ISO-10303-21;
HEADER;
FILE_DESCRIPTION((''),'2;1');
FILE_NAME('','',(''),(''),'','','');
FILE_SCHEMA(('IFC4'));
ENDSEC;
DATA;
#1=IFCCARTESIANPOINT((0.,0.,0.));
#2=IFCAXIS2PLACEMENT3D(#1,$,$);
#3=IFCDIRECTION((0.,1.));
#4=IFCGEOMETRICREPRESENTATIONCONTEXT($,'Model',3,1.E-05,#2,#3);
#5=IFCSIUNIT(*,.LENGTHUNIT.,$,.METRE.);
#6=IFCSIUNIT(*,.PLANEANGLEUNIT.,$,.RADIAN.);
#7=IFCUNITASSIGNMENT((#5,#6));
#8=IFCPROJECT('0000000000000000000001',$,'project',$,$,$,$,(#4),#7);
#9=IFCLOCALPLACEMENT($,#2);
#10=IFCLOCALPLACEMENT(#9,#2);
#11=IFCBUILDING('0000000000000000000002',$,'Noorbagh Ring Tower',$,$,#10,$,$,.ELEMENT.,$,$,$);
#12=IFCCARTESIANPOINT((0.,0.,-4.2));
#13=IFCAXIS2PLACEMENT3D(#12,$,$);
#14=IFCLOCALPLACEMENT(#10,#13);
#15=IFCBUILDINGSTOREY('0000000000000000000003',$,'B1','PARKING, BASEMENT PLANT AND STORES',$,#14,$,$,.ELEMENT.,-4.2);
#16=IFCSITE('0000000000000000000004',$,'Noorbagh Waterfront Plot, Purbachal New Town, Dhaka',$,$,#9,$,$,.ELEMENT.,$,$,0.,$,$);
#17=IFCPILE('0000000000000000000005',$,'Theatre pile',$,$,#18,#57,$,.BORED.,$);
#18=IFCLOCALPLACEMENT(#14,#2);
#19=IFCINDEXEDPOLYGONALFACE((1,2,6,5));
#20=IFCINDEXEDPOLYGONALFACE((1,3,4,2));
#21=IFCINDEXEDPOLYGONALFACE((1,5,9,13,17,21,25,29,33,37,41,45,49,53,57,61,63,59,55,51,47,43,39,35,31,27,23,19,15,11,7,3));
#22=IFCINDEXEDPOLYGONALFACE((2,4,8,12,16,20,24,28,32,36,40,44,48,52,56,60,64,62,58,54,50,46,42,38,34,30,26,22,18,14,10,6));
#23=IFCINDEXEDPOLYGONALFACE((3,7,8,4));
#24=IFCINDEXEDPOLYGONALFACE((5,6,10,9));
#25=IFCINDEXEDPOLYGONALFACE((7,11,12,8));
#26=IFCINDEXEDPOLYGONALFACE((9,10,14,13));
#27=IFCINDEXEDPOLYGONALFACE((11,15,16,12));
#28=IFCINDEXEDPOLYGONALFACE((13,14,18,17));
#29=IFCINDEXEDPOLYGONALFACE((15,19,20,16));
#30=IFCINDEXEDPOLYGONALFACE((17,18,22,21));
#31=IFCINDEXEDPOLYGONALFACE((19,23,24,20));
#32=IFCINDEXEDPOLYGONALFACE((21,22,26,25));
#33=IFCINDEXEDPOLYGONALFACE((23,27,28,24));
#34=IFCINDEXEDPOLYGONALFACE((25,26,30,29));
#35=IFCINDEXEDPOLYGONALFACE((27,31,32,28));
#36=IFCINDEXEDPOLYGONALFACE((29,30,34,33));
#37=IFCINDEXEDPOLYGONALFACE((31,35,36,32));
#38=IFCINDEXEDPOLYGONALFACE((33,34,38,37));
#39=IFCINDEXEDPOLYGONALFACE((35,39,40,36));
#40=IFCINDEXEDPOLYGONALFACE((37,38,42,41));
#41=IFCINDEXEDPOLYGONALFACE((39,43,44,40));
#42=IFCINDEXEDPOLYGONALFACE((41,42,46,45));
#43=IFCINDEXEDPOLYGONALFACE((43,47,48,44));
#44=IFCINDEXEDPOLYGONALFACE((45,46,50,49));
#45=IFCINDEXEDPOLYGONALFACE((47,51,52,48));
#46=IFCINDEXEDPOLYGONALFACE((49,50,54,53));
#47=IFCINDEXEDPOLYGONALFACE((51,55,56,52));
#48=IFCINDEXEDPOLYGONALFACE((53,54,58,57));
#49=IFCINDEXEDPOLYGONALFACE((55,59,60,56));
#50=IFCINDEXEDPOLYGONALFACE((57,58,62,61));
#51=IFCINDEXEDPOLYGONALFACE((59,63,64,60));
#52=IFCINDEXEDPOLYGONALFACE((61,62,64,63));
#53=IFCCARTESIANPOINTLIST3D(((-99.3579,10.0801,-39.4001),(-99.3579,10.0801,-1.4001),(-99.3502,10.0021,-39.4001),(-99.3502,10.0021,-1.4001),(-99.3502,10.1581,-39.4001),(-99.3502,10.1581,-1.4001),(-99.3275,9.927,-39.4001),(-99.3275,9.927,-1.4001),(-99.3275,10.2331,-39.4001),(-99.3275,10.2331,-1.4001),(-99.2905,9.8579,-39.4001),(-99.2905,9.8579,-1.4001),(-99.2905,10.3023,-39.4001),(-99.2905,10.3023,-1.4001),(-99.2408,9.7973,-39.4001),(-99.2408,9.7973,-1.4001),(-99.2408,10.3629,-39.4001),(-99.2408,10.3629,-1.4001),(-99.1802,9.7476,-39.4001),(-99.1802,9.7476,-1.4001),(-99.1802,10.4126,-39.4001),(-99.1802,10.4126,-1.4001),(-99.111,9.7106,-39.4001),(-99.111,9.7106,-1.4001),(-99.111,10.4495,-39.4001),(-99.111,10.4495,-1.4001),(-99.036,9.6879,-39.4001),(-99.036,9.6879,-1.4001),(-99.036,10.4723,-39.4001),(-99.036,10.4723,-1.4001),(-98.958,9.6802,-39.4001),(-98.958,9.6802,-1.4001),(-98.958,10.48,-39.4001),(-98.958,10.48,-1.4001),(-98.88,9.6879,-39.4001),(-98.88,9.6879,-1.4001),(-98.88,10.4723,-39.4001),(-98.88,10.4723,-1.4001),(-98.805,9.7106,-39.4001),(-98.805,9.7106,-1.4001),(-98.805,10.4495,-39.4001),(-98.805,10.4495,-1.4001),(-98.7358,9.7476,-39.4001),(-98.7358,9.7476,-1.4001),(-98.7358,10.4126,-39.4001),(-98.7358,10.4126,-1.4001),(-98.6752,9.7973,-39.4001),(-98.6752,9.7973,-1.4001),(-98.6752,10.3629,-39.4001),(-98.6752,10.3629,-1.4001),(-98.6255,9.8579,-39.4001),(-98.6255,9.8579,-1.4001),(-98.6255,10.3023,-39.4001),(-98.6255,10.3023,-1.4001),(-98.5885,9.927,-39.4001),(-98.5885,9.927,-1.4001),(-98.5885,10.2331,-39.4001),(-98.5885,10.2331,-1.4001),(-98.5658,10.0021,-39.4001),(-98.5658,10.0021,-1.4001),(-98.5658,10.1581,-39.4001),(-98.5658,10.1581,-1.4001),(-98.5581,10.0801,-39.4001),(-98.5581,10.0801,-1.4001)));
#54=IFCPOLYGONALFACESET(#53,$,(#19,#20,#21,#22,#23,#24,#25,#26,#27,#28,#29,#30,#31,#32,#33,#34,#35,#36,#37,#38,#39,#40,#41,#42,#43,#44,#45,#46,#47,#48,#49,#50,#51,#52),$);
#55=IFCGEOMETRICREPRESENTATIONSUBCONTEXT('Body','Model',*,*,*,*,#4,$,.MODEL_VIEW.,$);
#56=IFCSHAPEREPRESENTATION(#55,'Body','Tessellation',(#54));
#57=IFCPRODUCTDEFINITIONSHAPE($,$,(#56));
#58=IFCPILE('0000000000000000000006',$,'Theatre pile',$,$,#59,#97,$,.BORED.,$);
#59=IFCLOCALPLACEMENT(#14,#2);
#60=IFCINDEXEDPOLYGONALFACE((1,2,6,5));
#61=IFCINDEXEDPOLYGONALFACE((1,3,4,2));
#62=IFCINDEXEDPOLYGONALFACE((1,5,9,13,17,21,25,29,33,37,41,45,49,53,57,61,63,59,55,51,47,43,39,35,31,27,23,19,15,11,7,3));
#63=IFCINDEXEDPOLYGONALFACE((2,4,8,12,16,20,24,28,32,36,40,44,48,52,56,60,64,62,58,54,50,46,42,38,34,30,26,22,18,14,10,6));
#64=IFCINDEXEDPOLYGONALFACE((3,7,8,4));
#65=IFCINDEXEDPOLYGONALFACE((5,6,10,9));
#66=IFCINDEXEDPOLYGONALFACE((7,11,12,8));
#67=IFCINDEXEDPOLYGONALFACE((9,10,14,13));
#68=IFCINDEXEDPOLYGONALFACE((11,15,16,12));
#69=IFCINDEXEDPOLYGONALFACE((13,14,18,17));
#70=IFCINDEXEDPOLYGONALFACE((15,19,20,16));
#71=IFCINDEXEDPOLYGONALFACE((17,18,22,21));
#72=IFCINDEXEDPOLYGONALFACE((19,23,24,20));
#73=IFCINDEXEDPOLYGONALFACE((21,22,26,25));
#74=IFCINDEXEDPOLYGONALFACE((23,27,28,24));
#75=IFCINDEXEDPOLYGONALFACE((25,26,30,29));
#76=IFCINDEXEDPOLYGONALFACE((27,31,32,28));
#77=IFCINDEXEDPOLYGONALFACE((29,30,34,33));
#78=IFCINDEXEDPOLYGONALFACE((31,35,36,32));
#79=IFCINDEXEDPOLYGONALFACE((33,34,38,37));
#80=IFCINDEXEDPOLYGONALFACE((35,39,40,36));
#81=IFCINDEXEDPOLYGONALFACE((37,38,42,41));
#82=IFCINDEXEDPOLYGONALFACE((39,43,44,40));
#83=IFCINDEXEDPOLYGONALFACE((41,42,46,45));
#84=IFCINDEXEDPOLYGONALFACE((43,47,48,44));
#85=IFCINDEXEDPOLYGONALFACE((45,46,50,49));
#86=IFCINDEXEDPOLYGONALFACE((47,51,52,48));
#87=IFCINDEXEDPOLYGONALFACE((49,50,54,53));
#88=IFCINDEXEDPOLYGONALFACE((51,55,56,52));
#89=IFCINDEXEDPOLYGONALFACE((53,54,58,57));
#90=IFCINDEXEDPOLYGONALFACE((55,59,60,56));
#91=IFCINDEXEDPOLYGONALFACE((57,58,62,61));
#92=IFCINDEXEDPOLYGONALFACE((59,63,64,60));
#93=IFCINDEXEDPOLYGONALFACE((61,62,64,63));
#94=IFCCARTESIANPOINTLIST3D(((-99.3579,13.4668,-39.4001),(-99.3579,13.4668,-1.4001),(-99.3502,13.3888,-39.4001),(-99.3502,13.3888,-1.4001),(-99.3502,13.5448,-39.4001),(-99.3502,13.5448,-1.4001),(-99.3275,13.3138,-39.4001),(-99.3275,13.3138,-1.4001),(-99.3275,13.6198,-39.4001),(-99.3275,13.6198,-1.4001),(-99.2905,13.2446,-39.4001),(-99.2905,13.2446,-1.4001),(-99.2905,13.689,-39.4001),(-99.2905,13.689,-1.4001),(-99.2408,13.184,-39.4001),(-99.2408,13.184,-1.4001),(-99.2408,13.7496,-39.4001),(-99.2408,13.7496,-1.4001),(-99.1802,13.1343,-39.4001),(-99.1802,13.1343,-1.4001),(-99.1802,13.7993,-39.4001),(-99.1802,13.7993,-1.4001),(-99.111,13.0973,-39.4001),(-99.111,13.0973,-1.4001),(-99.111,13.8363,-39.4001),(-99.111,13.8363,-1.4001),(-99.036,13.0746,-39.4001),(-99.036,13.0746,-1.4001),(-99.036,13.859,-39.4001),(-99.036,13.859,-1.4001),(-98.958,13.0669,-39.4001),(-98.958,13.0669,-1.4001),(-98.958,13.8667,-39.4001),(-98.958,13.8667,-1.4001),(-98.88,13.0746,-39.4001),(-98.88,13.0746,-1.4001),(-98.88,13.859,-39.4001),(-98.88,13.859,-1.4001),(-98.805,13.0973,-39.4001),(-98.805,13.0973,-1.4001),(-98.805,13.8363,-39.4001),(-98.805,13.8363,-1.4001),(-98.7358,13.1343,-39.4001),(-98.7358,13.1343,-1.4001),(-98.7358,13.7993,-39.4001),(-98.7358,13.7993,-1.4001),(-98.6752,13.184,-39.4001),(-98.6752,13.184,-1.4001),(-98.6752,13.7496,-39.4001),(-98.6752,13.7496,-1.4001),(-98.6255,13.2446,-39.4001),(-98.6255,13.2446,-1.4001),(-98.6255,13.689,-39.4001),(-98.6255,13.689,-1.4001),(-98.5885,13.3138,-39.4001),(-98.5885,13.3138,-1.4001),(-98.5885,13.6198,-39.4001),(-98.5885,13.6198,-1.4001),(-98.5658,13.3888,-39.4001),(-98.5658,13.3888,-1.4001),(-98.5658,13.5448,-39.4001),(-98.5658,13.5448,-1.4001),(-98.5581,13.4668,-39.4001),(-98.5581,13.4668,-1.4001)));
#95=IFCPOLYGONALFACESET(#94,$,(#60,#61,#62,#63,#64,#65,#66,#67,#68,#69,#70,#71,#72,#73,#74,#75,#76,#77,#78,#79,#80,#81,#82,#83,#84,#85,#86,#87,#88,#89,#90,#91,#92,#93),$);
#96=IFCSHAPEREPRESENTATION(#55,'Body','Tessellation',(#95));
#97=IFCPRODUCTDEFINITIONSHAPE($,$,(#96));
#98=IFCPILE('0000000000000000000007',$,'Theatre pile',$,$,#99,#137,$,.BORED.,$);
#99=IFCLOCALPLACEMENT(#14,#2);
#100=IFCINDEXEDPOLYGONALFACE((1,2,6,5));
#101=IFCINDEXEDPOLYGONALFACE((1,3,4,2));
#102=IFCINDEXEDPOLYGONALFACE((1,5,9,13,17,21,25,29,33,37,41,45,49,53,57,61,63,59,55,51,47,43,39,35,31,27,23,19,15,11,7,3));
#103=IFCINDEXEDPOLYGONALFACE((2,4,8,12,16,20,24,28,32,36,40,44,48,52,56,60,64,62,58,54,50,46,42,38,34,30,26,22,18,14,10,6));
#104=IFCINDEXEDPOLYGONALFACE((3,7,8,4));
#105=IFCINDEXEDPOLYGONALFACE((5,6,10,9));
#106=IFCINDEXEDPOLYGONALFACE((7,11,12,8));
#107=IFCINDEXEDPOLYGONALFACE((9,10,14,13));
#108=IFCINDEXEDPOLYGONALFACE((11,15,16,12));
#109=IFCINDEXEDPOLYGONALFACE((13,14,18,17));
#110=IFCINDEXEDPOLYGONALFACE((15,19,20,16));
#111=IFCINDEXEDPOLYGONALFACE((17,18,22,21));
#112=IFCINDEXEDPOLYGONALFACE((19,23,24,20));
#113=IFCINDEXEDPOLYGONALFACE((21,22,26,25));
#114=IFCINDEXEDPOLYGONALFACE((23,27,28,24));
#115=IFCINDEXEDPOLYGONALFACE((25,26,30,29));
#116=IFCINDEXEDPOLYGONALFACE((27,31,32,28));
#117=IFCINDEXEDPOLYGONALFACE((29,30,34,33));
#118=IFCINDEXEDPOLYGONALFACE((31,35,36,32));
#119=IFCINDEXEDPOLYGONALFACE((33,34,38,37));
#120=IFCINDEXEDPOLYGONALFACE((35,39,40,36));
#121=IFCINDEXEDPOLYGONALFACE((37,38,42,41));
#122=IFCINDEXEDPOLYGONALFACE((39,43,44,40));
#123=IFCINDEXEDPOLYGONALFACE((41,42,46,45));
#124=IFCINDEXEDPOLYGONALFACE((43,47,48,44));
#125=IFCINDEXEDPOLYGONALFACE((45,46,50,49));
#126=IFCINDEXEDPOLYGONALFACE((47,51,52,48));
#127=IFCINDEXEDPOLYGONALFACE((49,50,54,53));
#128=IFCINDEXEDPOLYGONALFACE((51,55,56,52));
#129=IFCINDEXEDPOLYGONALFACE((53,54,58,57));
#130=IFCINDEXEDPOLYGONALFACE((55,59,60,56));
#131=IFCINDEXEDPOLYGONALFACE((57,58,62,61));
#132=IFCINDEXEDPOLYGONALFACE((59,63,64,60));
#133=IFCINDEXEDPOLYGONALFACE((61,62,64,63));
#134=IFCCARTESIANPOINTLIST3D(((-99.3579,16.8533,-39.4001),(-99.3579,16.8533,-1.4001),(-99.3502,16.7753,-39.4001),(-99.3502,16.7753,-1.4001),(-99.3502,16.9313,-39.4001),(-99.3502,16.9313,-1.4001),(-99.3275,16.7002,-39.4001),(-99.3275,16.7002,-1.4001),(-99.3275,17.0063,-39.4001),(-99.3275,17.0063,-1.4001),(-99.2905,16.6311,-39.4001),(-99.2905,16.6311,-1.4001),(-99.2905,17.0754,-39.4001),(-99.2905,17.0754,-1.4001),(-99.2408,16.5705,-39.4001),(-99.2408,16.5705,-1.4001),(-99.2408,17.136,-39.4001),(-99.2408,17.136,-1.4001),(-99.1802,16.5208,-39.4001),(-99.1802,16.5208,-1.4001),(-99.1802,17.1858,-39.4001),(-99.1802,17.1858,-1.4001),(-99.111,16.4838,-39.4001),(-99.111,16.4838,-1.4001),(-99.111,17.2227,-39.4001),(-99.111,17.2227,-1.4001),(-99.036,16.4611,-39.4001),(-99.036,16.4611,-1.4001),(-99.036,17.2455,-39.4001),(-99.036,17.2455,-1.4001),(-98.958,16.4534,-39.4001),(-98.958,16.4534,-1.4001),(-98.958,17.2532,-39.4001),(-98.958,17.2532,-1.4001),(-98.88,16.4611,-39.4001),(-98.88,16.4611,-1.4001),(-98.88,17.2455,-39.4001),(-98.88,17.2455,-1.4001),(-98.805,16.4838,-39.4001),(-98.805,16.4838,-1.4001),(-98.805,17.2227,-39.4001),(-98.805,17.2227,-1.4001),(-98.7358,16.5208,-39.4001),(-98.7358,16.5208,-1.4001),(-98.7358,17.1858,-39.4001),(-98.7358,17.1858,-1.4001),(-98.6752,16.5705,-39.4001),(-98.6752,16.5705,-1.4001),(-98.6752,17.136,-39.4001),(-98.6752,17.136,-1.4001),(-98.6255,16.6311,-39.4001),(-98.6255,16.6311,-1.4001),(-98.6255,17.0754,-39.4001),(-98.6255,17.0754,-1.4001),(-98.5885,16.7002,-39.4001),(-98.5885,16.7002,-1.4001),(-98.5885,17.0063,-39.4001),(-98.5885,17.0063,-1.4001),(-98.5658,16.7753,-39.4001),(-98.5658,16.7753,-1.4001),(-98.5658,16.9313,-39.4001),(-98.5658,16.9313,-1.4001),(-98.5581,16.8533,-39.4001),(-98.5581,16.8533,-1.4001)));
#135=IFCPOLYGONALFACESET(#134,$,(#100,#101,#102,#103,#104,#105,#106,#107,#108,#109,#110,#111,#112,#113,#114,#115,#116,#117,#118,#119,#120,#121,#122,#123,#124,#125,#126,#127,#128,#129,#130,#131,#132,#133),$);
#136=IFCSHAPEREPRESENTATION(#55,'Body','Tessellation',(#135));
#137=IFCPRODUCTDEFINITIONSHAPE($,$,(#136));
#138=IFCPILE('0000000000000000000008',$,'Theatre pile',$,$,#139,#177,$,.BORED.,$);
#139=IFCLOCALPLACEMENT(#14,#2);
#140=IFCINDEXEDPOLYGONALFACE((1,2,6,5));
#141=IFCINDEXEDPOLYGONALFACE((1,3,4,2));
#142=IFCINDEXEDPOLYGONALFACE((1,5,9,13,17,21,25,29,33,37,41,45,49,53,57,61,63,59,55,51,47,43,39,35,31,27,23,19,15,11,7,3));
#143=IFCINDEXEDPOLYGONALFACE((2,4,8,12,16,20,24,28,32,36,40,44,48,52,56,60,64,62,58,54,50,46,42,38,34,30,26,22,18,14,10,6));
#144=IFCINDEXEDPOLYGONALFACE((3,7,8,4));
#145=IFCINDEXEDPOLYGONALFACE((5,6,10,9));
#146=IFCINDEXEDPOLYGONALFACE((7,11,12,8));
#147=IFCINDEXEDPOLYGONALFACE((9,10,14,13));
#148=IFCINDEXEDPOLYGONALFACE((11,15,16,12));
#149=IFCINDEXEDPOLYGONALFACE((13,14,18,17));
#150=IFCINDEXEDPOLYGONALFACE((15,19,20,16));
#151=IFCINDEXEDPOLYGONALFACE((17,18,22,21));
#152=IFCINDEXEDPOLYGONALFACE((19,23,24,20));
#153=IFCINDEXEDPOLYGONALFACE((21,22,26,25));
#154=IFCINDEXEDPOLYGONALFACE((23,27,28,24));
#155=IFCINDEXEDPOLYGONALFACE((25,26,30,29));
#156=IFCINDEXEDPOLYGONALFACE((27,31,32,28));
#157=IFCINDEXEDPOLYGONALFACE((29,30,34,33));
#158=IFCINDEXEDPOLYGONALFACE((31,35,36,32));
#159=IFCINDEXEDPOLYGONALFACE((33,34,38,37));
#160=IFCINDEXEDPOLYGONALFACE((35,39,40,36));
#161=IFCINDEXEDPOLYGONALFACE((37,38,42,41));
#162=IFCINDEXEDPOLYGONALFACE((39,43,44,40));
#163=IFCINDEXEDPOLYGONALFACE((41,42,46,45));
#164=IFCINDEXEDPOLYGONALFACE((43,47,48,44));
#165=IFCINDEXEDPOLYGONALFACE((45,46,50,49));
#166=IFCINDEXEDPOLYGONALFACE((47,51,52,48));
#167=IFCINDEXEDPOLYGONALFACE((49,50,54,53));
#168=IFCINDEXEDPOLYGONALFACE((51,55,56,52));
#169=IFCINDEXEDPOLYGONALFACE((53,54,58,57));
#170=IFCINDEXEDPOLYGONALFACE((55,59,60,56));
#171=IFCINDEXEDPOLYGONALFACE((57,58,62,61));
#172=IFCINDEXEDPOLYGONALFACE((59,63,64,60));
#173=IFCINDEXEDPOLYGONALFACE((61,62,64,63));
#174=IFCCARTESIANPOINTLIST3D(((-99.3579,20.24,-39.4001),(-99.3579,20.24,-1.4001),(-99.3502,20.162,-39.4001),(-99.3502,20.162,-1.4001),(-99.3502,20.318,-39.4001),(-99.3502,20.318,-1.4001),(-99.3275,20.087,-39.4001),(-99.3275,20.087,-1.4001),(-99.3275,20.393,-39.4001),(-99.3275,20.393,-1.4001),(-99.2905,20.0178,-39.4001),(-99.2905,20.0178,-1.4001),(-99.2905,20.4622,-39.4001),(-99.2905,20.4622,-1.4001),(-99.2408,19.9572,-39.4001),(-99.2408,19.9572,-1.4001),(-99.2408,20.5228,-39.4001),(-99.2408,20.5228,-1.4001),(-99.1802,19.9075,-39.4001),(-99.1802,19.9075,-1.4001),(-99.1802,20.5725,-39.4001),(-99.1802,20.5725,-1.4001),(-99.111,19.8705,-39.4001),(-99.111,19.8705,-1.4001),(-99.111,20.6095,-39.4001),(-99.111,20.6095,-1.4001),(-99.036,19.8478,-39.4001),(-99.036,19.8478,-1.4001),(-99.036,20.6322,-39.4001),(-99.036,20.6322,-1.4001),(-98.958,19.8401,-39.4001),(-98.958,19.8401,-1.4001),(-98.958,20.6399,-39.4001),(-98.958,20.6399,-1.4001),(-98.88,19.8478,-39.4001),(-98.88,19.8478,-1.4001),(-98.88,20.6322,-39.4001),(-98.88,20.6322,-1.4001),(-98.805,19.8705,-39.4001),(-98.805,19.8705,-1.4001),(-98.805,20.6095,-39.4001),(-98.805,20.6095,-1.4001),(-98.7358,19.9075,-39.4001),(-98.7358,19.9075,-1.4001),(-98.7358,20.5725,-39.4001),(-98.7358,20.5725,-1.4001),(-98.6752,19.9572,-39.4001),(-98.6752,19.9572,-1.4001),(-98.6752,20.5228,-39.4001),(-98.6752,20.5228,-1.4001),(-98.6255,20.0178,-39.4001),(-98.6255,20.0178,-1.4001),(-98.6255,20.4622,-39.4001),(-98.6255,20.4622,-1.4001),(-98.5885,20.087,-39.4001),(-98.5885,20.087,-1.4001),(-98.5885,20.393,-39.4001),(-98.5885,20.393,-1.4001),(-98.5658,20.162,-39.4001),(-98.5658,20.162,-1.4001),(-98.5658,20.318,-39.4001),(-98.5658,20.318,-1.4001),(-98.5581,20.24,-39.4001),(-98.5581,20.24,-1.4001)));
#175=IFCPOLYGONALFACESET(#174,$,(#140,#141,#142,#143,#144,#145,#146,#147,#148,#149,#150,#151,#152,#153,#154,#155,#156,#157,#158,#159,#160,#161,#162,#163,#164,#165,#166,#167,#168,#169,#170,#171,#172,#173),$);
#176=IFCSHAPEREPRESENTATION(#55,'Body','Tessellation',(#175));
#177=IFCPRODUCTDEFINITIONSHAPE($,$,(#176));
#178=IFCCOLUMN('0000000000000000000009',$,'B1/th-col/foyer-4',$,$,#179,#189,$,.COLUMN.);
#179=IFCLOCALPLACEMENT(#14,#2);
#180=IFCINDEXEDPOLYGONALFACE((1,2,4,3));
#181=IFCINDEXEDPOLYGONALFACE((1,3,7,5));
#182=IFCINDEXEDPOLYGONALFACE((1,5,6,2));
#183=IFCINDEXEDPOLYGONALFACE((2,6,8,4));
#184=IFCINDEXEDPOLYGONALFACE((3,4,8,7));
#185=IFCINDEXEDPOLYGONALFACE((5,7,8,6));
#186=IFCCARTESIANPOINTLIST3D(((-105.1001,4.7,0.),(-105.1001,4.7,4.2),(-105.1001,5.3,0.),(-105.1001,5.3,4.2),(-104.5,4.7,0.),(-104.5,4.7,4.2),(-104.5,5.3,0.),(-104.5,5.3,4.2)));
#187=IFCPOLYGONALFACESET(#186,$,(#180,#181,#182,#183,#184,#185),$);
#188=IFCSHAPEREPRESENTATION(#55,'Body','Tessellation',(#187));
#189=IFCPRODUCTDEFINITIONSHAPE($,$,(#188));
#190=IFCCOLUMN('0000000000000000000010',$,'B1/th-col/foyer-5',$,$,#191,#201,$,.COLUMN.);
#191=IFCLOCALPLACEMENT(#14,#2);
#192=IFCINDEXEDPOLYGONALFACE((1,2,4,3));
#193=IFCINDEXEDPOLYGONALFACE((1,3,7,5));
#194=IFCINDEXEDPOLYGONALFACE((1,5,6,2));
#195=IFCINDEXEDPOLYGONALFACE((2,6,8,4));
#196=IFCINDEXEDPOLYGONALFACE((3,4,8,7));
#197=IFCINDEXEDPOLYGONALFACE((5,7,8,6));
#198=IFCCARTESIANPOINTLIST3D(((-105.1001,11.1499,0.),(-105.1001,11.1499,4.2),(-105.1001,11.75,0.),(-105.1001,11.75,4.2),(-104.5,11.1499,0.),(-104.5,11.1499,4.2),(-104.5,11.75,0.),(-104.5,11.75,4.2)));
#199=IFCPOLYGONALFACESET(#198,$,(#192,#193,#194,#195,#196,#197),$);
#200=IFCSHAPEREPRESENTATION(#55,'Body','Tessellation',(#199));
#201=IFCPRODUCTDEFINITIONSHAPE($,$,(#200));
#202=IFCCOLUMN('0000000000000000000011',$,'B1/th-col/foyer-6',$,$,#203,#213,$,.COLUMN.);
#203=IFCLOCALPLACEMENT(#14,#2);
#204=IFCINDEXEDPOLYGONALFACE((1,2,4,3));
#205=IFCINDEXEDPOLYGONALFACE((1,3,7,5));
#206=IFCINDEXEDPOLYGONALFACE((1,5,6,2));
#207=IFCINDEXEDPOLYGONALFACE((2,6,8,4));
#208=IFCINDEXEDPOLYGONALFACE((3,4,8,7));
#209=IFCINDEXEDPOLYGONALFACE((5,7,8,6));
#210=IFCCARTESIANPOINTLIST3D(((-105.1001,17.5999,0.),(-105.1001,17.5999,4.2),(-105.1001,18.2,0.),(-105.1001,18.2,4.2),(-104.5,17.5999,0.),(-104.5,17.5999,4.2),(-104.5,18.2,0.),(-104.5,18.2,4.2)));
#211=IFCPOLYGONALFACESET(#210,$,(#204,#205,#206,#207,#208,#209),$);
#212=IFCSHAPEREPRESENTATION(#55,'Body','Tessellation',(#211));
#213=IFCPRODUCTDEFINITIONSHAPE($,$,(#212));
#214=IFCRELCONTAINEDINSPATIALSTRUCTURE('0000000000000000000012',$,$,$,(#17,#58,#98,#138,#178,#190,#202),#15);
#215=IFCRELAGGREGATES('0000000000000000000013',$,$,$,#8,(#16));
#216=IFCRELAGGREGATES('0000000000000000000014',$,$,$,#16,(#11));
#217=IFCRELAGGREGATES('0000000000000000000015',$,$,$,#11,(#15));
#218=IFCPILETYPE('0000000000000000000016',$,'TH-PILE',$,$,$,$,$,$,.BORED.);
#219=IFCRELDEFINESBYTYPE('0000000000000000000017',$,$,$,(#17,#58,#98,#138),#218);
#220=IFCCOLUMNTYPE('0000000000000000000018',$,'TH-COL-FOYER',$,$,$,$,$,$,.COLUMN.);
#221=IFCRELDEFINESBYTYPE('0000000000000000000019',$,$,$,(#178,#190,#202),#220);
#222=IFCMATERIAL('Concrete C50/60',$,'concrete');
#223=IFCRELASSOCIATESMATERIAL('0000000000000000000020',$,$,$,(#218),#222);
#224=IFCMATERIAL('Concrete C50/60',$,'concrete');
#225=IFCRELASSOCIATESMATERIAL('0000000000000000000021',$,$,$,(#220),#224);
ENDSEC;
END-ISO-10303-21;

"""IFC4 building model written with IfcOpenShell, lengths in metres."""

from ifc_helpers import new_model, si_unit, direction, frame, origin, origin_2d, place, context, subcontext, project, spatial, rectangle, circle, extrude, material, material_profile, profile_set, type_object, element, save


model = new_model("IFC4")

# Units and contexts
model_context = context("Model", 3, precision=1e-05, world=origin(), true_north=direction((0.0, 1.0)))
body_context = subcontext(model_context, "Body", "Model", "MODEL_VIEW")
ifc_project = project(units=[si_unit("LENGTHUNIT", "METRE"), si_unit("PLANEANGLEUNIT", "RADIAN")], contexts=[model_context])

# Site, building, storey
site_placement = place(None, origin())
site = spatial("IfcSite", under=ifc_project, at=site_placement, Name="Noorbagh Waterfront Plot, Purbachal New Town, Dhaka", CompositionType="ELEMENT", RefElevation=0.0)
building_placement = place(site_placement, origin())
building = spatial("IfcBuilding", under=site, at=building_placement, Name="Noorbagh Ring Tower", CompositionType="ELEMENT")
storey_placement = place(building_placement, frame((0.0, 0.0, -4.2)))
storey = spatial("IfcBuildingStorey", under=building, at=storey_placement, Name="B1", Description="PARKING, BASEMENT PLANT AND STORES", CompositionType="ELEMENT", Elevation=-4.2)

# Piles
ifc_material_1 = material(Name="Concrete C50/60", Category="concrete")
ifc_material_profile_1 = material_profile(ifc_material_1, circle(Radius=0.3999, at=origin_2d()), Name="PILE800")
ifc_profile_set_1 = profile_set([ifc_material_profile_1], Name="Concrete C50/60")
pile_type = type_object("IfcPileType", Name="TH-PILE", PredefinedType="BORED", material=ifc_profile_set_1)
for number, where, z_axis, x_axis, name in (
    (1, (-98.958, 10.0801, -1.4001), (0.0, 0.0, -1.0), (1.0, 0.0, 0.0), "Theatre pile"),
    (2, (-98.958, 13.4668, -1.4001), (0.0, 0.0, -1.0), (1.0, 0.0, 0.0), "Theatre pile"),
    (3, (-98.958, 16.8533, -1.4001), (0.0, 0.0, -1.0), (1.0, 0.0, 0.0), "Theatre pile"),
    (4, (-98.958, 20.24, -1.4001), (0.0, 0.0, -1.0), (1.0, 0.0, 0.0), "Theatre pile"),
):
    element("IfcPile", number, at=place(storey_placement, frame(where, z_axis=z_axis, x_axis=x_axis)), inside=storey, type_object=pile_type, Name=name, PredefinedType="BORED", context=body_context, shape_type="SweptSolid", body=[
        extrude(circle(Radius=0.3999, at=origin_2d()), origin(), (0.0, 0.0, 1.0), 38.0),
    ])

# Columns
ifc_material_2 = material(Name="Concrete C50/60", Category="concrete")
ifc_material_profile_2 = material_profile(ifc_material_2, rectangle(XDim=0.6001, YDim=0.6001, at=origin_2d()), Name="RC600x600")
ifc_profile_set_2 = profile_set([ifc_material_profile_2], Name="Concrete C50/60")
column_type = type_object("IfcColumnType", Name="TH-COL-FOYER", PredefinedType="COLUMN", material=ifc_profile_set_2)
for number, where, z_axis, x_axis, name in (
    (5, (-104.8, 5.0, 0.0), (0.0, 0.0, 1.0), (1.0, 0.0, 0.0), "B1/th-col/foyer-4"),
    (6, (-104.8, 11.45, 0.0), (0.0, 0.0, 1.0), (1.0, 0.0, 0.0), "B1/th-col/foyer-5"),
    (7, (-104.8, 17.8999, 0.0), (0.0, 0.0, 1.0), (1.0, 0.0, 0.0), "B1/th-col/foyer-6"),
):
    element("IfcColumn", number, at=place(storey_placement, frame(where, z_axis=z_axis, x_axis=x_axis)), inside=storey, type_object=column_type, Name=name, PredefinedType="COLUMN", context=body_context, shape_type="SweptSolid", body=[
        extrude(rectangle(XDim=0.6001, YDim=0.6001, at=origin_2d()), origin(), (0.0, 0.0, 1.0), 4.2),
    ])

save(model, "model.ifc")
